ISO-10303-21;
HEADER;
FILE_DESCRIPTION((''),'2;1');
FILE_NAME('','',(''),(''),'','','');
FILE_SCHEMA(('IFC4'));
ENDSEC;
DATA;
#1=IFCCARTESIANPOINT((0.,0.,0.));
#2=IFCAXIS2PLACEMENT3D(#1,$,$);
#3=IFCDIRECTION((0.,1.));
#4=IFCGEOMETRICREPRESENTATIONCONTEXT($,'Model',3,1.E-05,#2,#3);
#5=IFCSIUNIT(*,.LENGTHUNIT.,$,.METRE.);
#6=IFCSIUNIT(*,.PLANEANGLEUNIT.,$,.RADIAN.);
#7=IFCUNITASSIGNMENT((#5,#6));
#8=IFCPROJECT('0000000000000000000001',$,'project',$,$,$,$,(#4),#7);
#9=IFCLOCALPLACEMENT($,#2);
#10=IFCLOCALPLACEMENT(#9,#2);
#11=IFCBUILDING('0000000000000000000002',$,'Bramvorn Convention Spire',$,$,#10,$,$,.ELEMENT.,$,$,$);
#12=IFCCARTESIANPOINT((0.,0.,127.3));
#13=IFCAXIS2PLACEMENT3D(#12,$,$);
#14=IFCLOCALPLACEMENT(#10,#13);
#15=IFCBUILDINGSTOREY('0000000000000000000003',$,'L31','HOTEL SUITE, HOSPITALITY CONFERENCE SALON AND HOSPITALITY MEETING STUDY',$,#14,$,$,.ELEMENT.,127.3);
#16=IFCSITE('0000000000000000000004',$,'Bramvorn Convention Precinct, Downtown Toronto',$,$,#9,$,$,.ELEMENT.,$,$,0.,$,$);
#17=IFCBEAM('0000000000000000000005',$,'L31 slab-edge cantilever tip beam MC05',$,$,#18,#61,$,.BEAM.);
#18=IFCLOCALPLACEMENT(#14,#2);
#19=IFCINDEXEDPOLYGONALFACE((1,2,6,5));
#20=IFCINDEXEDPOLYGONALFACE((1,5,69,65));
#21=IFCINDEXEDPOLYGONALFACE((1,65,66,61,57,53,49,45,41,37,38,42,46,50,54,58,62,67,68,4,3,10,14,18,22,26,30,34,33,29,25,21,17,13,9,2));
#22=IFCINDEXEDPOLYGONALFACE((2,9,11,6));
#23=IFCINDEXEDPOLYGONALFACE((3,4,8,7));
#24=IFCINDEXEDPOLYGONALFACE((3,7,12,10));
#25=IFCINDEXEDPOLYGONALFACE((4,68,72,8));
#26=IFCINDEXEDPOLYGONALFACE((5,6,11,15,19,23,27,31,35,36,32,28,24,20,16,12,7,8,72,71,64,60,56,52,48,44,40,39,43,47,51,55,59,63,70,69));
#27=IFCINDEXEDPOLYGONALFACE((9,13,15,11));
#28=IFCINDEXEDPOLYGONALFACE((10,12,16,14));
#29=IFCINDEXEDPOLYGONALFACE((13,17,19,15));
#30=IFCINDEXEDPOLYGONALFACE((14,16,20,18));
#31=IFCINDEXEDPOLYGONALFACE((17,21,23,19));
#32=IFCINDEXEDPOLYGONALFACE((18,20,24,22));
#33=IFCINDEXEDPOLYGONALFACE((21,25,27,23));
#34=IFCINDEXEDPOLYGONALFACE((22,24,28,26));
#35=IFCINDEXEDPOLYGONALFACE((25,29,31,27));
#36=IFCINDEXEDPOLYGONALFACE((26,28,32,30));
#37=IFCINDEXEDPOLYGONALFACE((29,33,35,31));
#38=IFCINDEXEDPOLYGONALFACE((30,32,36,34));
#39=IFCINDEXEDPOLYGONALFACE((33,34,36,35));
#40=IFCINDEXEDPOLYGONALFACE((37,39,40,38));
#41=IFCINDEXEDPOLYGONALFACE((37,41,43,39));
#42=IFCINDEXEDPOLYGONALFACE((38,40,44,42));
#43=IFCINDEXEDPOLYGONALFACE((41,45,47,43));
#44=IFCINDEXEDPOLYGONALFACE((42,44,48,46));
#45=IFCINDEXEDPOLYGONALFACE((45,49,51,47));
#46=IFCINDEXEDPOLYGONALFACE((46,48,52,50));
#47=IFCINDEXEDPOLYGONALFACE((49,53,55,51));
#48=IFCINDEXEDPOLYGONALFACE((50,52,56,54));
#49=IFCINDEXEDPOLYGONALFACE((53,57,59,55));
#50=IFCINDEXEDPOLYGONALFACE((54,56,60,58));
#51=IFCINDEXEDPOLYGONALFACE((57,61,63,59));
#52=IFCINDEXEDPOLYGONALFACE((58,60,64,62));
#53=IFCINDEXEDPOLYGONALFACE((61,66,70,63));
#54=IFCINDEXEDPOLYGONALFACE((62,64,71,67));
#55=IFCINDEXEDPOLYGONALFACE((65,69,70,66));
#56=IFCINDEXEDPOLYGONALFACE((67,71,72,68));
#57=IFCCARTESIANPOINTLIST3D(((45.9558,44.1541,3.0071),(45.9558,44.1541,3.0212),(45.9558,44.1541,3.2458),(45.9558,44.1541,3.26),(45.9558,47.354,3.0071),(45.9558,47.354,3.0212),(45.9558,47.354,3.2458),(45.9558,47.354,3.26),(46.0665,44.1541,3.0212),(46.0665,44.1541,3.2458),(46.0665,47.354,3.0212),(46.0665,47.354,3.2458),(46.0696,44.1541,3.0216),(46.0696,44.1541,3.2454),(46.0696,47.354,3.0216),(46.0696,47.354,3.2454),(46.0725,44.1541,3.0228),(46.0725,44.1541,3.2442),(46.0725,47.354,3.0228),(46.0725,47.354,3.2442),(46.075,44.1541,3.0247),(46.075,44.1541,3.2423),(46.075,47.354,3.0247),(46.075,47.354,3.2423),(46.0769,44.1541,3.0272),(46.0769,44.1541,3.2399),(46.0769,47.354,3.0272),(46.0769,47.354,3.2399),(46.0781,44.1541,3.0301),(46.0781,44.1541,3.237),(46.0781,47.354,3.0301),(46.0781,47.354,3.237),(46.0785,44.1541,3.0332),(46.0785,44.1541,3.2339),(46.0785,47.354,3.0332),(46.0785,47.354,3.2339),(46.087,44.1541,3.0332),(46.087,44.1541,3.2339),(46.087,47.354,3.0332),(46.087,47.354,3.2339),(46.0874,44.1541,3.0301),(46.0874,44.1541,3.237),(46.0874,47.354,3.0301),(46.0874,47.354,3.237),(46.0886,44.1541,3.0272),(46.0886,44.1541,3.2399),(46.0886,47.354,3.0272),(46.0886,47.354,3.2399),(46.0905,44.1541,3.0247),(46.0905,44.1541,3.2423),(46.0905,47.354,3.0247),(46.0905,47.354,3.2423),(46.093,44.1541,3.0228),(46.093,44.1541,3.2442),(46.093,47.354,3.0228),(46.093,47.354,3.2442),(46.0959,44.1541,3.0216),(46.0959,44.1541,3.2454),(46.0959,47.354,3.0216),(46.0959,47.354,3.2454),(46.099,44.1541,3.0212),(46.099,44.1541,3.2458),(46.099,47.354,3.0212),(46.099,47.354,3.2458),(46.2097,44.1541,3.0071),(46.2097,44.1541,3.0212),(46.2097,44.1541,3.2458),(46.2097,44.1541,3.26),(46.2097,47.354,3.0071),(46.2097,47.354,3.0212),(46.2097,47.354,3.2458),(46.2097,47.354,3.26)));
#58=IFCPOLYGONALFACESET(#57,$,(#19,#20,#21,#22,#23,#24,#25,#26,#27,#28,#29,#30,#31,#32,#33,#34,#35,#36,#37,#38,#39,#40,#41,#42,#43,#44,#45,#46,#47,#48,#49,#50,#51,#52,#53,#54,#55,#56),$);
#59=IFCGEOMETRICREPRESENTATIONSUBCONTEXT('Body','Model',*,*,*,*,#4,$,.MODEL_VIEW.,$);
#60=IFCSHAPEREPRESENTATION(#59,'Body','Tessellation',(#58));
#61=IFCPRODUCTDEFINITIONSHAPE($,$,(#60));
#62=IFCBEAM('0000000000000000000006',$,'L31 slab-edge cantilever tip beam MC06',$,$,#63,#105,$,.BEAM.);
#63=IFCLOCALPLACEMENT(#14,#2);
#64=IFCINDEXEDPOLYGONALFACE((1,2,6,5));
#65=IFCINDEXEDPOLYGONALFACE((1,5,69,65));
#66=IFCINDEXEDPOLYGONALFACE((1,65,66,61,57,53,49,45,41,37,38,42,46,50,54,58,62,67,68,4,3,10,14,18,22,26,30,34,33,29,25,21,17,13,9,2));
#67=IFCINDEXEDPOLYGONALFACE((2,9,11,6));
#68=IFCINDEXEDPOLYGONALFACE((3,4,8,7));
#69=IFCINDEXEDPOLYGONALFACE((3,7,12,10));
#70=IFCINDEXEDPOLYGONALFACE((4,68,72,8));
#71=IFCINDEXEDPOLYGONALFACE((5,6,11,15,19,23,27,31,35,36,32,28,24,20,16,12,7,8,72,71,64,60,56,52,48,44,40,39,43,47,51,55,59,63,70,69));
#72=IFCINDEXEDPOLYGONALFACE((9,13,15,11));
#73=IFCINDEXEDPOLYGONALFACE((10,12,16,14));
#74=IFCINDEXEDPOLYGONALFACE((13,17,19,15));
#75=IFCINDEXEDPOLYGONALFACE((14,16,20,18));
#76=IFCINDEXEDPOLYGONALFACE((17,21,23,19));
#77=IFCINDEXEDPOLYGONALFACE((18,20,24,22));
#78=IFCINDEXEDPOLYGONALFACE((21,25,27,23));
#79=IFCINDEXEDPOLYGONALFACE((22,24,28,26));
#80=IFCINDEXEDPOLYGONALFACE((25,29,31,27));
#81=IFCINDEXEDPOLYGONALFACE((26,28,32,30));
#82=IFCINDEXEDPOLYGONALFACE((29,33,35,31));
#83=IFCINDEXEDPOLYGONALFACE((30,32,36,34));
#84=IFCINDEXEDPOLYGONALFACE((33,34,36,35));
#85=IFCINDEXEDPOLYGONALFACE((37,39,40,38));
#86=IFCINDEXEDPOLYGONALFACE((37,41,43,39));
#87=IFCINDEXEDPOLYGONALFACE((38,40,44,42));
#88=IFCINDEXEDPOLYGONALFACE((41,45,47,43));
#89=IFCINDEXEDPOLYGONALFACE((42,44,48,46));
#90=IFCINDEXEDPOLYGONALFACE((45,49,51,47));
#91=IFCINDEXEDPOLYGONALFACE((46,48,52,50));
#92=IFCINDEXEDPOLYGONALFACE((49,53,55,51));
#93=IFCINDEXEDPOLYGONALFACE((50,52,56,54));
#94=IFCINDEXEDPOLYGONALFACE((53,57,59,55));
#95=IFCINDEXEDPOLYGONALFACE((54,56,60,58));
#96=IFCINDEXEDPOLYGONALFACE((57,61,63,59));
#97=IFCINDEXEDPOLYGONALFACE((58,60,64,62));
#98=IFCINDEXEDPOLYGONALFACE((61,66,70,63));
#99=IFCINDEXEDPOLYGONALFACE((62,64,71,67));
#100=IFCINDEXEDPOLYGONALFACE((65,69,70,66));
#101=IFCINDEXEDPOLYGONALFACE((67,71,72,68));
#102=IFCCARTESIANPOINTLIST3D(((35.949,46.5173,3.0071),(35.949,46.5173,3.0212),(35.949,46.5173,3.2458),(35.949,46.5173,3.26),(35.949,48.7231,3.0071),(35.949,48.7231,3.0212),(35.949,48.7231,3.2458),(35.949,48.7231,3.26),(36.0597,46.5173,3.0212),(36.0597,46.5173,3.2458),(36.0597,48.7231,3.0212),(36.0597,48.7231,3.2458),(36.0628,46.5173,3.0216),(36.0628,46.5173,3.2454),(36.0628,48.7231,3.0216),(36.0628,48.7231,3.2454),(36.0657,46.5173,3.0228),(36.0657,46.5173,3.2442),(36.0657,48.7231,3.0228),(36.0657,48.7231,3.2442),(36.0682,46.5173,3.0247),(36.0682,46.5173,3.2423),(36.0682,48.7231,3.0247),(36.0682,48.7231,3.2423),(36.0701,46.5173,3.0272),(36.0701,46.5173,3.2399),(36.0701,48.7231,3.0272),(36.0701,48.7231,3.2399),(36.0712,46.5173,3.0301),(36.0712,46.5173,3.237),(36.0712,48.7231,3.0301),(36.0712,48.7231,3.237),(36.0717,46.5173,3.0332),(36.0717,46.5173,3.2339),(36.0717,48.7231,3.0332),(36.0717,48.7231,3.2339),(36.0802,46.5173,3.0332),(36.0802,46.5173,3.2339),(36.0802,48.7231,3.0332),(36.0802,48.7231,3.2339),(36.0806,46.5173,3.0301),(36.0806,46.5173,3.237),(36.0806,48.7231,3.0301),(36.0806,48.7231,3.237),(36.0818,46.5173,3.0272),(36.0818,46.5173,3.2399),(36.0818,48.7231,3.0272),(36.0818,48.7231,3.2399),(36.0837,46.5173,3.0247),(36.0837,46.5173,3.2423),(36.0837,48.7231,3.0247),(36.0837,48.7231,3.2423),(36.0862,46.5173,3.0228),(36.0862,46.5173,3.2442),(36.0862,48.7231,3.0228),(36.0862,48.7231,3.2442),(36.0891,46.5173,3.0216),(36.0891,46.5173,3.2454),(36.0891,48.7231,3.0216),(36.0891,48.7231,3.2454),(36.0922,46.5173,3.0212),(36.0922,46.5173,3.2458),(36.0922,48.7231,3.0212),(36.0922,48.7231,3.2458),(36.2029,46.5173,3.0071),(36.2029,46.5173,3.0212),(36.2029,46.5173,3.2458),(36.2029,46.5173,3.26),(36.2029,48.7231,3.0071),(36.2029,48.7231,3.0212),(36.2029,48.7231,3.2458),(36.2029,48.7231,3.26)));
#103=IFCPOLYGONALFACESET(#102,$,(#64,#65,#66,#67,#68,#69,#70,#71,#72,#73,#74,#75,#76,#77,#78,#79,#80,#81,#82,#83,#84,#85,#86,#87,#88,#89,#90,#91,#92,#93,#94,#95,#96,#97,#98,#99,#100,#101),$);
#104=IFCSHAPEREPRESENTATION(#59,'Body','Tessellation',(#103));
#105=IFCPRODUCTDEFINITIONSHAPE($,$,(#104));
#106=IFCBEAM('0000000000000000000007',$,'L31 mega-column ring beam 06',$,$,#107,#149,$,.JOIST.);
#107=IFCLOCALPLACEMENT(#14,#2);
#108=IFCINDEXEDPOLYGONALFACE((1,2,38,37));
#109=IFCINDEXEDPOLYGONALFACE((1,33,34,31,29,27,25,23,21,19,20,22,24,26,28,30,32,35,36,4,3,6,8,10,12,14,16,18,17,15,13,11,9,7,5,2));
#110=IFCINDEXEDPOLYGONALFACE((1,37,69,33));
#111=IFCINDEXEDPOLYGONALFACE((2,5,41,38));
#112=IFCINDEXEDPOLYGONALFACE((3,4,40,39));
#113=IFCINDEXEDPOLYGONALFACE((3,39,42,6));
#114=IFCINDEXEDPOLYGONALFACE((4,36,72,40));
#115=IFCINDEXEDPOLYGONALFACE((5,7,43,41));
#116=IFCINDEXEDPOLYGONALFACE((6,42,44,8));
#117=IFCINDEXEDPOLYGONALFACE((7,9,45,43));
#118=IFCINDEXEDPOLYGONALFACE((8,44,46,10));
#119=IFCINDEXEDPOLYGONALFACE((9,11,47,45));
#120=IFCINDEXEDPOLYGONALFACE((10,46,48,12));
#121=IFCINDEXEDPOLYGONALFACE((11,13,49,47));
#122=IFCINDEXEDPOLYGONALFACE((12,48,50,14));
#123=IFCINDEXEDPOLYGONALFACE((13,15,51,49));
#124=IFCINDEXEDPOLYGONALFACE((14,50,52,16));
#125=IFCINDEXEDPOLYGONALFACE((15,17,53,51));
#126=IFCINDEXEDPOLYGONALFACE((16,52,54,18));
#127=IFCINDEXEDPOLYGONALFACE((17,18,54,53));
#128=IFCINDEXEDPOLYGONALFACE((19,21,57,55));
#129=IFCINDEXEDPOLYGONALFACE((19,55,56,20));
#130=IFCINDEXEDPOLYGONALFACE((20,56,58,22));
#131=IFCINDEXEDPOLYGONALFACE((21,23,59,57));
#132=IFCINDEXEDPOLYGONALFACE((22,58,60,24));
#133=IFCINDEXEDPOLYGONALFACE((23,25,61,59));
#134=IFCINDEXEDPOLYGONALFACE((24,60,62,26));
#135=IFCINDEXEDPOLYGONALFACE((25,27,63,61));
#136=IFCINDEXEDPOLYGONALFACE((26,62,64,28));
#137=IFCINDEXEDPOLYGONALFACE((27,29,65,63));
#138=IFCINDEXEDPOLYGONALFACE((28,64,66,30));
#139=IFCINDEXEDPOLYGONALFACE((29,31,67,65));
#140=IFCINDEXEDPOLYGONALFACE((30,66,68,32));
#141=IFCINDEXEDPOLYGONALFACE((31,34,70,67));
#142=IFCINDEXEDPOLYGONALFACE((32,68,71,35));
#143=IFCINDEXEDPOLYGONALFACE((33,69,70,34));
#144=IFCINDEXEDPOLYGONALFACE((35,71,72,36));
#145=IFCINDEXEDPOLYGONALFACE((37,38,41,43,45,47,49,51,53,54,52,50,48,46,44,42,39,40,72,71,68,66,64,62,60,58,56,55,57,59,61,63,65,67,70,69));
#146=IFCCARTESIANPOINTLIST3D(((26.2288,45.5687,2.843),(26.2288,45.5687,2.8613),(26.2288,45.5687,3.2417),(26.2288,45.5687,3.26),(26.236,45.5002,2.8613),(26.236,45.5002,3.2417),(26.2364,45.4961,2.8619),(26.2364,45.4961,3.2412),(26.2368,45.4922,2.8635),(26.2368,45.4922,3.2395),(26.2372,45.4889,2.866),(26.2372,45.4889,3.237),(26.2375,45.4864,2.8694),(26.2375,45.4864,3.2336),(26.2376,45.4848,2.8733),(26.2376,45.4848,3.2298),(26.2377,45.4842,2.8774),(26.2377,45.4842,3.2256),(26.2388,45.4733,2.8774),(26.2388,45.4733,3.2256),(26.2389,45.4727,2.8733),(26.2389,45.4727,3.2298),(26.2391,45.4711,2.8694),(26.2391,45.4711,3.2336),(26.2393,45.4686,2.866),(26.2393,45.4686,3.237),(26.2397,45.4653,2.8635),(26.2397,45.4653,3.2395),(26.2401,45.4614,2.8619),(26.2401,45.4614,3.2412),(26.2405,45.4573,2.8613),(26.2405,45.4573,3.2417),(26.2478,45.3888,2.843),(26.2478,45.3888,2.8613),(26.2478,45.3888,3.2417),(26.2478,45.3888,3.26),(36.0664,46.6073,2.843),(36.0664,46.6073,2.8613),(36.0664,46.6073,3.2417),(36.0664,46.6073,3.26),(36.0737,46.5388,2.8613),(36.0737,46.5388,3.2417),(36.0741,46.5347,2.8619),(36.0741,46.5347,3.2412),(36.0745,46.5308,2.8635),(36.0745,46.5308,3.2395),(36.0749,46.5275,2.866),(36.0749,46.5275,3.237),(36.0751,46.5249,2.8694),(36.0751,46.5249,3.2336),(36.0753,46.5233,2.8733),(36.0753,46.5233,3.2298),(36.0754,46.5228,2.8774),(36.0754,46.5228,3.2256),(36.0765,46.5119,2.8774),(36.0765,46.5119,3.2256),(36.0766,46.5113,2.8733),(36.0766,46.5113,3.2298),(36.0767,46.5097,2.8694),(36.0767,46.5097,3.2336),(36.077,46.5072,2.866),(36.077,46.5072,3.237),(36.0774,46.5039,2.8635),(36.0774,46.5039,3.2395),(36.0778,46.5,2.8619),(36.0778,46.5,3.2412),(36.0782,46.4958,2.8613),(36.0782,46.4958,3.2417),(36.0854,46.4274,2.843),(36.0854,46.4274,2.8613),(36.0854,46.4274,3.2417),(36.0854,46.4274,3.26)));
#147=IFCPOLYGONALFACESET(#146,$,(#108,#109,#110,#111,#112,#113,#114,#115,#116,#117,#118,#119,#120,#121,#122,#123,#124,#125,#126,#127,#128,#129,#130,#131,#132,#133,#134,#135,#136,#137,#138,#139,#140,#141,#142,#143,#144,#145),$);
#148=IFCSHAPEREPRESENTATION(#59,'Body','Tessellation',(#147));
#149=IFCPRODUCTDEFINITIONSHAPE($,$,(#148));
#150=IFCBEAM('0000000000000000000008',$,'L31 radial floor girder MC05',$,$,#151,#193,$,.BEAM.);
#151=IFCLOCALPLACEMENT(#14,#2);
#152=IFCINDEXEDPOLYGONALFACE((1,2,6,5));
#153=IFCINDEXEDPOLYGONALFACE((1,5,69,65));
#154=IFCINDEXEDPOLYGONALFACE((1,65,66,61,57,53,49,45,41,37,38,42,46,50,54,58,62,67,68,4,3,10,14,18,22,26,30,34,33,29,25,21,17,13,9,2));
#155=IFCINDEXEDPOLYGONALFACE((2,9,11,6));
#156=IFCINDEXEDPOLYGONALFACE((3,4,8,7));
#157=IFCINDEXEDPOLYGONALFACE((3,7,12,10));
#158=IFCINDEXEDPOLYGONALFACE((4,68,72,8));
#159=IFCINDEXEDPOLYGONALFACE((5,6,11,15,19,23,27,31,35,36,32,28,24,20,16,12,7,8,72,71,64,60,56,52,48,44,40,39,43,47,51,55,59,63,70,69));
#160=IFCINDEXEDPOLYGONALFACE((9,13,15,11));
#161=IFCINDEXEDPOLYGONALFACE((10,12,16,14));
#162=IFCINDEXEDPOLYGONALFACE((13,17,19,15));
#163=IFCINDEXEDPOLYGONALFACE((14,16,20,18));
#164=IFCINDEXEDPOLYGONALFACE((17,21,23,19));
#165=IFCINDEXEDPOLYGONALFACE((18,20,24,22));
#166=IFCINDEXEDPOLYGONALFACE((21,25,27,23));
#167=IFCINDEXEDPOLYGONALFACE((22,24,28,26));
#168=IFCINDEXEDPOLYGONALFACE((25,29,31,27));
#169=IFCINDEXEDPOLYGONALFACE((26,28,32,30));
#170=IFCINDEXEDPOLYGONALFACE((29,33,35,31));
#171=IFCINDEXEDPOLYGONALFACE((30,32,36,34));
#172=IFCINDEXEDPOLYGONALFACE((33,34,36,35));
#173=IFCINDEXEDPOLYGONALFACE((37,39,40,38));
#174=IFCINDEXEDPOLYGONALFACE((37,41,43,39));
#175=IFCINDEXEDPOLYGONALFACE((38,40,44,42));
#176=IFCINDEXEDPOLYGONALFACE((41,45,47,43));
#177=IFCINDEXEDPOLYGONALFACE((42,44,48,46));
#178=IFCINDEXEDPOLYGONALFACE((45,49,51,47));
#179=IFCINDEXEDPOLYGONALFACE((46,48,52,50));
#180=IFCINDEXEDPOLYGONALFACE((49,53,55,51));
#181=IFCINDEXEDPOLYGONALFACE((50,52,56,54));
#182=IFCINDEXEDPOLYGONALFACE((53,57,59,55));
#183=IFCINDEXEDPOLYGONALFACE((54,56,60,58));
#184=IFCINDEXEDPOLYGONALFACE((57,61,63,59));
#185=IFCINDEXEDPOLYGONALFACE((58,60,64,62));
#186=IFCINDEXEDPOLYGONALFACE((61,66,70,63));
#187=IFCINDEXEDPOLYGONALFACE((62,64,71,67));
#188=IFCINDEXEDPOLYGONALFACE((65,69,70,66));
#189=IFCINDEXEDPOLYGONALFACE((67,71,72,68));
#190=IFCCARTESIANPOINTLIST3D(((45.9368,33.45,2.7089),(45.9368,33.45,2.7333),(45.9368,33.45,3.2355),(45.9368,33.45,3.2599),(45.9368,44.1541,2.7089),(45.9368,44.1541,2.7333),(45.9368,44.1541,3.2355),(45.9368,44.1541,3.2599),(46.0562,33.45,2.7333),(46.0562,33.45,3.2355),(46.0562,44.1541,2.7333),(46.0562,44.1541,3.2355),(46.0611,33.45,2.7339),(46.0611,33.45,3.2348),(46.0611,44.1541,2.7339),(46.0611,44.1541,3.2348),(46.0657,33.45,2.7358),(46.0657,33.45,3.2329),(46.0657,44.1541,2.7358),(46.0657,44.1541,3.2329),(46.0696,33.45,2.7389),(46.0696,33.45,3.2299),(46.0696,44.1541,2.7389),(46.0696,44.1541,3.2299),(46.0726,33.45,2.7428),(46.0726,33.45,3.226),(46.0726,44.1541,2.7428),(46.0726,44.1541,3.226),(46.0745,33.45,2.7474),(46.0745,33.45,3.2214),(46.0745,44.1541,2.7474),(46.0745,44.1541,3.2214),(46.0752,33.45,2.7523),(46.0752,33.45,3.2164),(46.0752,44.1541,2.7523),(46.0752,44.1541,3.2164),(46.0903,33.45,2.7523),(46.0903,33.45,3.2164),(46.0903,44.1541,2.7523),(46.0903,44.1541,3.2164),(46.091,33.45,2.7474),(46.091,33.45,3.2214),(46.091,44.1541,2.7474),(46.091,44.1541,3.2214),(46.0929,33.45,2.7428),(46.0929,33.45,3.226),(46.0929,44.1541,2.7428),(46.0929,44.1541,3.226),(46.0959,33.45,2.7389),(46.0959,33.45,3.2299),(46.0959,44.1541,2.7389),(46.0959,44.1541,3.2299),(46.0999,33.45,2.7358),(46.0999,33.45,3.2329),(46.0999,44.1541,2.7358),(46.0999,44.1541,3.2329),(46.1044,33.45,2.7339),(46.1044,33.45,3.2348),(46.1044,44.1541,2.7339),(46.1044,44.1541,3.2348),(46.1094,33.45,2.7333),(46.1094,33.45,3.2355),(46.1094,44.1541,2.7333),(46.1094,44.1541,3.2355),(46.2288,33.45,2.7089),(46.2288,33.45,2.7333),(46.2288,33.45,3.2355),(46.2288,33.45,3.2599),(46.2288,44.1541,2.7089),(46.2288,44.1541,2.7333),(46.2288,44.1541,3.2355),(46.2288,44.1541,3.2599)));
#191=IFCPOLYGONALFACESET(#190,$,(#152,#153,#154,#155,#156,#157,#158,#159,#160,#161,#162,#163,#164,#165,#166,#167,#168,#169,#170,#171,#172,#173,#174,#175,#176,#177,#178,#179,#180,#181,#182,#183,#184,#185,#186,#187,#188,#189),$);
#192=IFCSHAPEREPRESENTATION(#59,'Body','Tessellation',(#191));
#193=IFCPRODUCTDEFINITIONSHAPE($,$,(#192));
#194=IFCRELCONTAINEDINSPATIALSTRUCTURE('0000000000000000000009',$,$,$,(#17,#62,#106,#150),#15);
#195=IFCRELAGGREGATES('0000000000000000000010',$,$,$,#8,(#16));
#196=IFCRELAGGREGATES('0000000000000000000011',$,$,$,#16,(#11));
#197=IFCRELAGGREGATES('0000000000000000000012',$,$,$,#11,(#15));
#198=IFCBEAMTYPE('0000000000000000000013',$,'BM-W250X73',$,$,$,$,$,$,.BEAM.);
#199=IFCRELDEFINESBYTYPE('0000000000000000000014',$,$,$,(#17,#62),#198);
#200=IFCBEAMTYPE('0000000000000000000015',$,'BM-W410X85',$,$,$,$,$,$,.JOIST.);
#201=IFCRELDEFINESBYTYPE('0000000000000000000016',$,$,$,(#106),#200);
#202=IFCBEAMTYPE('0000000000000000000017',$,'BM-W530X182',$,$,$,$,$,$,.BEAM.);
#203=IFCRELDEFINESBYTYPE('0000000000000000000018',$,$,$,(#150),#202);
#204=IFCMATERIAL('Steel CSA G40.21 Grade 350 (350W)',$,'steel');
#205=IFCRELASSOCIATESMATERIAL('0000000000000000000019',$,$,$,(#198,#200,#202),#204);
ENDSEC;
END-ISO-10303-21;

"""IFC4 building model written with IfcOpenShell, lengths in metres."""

from ifc_helpers import new_model, si_unit, direction, frame, origin, origin_2d, place, context, subcontext, project, spatial, i_section, extrude, material, material_profile, profile_set, type_object, element, save


model = new_model("IFC4")

# Units and contexts
model_context = context("Model", 3, precision=1e-05, world=origin(), true_north=direction((0.0, 1.0)))
body_context = subcontext(model_context, "Body", "Model", "MODEL_VIEW")
ifc_project = project(units=[si_unit("LENGTHUNIT", "METRE"), si_unit("PLANEANGLEUNIT", "RADIAN")], contexts=[model_context])

# Site, building, storey
site_placement = place(None, origin())
site = spatial("IfcSite", under=ifc_project, at=site_placement, Name="Bramvorn Convention Precinct, Downtown Toronto", CompositionType="ELEMENT", RefElevation=0.0)
building_placement = place(site_placement, origin())
building = spatial("IfcBuilding", under=site, at=building_placement, Name="Bramvorn Convention Spire", CompositionType="ELEMENT")
storey_placement = place(building_placement, frame((0.0, 0.0, 127.3)))
storey = spatial("IfcBuildingStorey", under=building, at=storey_placement, Name="L31", Description="HOTEL SUITE, HOSPITALITY CONFERENCE SALON AND HOSPITALITY MEETING STUDY", CompositionType="ELEMENT", Elevation=127.3)

# Shared definitions
ifc_material_1 = material(Name="Steel CSA G40.21 Grade 350 (350W)", Category="steel")

# Beams
ifc_material_profile_1 = material_profile(ifc_material_1, i_section(OverallWidth=0.2539, OverallDepth=0.2529, WebThickness=0.0085, FlangeThickness=0.0142, FilletRadius=0.012, at=origin_2d()))
ifc_profile_set_1 = profile_set([ifc_material_profile_1], Name="Steel CSA G40.21 Grade 350 (350W) - W250X73")
beam_type_1 = type_object("IfcBeamType", Name="BM-W250X73", PredefinedType="BEAM", material=ifc_profile_set_1)
beam_1_placement = place(storey_placement, frame((46.0828, 44.1541, 3.1335), z_axis=(0.0, 1.0, 0.0), x_axis=(-1.0, 0.0, 0.0)))
element("IfcBeam", 1, at=beam_1_placement, inside=storey, type_object=beam_type_1, Name="L31 slab-edge cantilever tip beam MC05", PredefinedType="BEAM", context=body_context, shape_type="SweptSolid", body=[
    extrude(i_section(OverallWidth=0.2539, OverallDepth=0.2529, WebThickness=0.0085, FlangeThickness=0.0142, FilletRadius=0.012, at=origin_2d()), origin(), (0.0, 0.0, 1.0), 3.2),
])
beam_2_placement = place(storey_placement, frame((36.0759, 46.5173, 3.1335), z_axis=(0.0, 1.0, 0.0), x_axis=(-1.0, 0.0, 0.0)))
element("IfcBeam", 2, at=beam_2_placement, inside=storey, type_object=beam_type_1, Name="L31 slab-edge cantilever tip beam MC06", PredefinedType="BEAM", context=body_context, shape_type="SweptSolid", body=[
    extrude(i_section(OverallWidth=0.2539, OverallDepth=0.2529, WebThickness=0.0085, FlangeThickness=0.0142, FilletRadius=0.012, at=origin_2d()), origin(), (0.0, 0.0, 1.0), 2.2058),
])
ifc_material_profile_2 = material_profile(ifc_material_1, i_section(OverallWidth=0.1809, OverallDepth=0.417, WebThickness=0.011, FlangeThickness=0.0183, FilletRadius=0.0161, at=origin_2d()))
ifc_profile_set_2 = profile_set([ifc_material_profile_2], Name="Steel CSA G40.21 Grade 350 (350W) - W410X85")
beam_type_2 = type_object("IfcBeamType", Name="BM-W410X85", PredefinedType="JOIST", material=ifc_profile_set_2)
beam_3_placement = place(storey_placement, frame((36.0759, 46.5173, 3.0515), z_axis=(-0.994473, -0.104988, 0.0), x_axis=(0.104988, -0.994473, 0.0)))
element("IfcBeam", 3, at=beam_3_placement, inside=storey, type_object=beam_type_2, Name="L31 mega-column ring beam 06", PredefinedType="JOIST", context=body_context, shape_type="SweptSolid", body=[
    extrude(i_section(OverallWidth=0.1809, OverallDepth=0.417, WebThickness=0.011, FlangeThickness=0.0183, FilletRadius=0.0161, at=origin_2d()), origin(), (0.0, 0.0, 1.0), 9.8923),
])
ifc_material_profile_3 = material_profile(ifc_material_1, i_section(OverallWidth=0.292, OverallDepth=0.551, WebThickness=0.0151, FlangeThickness=0.0244, FilletRadius=0.019, at=origin_2d()))
ifc_profile_set_3 = profile_set([ifc_material_profile_3], Name="Steel CSA G40.21 Grade 350 (350W) - W530X182")
beam_type_3 = type_object("IfcBeamType", Name="BM-W530X182", PredefinedType="BEAM", material=ifc_profile_set_3)
beam_4_placement = place(storey_placement, frame((46.0828, 33.45, 2.9844), z_axis=(0.0, 1.0, 0.0), x_axis=(-1.0, 0.0, 0.0)))
element("IfcBeam", 4, at=beam_4_placement, inside=storey, type_object=beam_type_3, Name="L31 radial floor girder MC05", PredefinedType="BEAM", context=body_context, shape_type="SweptSolid", body=[
    extrude(i_section(OverallWidth=0.292, OverallDepth=0.551, WebThickness=0.0151, FlangeThickness=0.0244, FilletRadius=0.019, at=origin_2d()), origin(), (0.0, 0.0, 1.0), 10.7041),
])

save(model, "model.ifc")
